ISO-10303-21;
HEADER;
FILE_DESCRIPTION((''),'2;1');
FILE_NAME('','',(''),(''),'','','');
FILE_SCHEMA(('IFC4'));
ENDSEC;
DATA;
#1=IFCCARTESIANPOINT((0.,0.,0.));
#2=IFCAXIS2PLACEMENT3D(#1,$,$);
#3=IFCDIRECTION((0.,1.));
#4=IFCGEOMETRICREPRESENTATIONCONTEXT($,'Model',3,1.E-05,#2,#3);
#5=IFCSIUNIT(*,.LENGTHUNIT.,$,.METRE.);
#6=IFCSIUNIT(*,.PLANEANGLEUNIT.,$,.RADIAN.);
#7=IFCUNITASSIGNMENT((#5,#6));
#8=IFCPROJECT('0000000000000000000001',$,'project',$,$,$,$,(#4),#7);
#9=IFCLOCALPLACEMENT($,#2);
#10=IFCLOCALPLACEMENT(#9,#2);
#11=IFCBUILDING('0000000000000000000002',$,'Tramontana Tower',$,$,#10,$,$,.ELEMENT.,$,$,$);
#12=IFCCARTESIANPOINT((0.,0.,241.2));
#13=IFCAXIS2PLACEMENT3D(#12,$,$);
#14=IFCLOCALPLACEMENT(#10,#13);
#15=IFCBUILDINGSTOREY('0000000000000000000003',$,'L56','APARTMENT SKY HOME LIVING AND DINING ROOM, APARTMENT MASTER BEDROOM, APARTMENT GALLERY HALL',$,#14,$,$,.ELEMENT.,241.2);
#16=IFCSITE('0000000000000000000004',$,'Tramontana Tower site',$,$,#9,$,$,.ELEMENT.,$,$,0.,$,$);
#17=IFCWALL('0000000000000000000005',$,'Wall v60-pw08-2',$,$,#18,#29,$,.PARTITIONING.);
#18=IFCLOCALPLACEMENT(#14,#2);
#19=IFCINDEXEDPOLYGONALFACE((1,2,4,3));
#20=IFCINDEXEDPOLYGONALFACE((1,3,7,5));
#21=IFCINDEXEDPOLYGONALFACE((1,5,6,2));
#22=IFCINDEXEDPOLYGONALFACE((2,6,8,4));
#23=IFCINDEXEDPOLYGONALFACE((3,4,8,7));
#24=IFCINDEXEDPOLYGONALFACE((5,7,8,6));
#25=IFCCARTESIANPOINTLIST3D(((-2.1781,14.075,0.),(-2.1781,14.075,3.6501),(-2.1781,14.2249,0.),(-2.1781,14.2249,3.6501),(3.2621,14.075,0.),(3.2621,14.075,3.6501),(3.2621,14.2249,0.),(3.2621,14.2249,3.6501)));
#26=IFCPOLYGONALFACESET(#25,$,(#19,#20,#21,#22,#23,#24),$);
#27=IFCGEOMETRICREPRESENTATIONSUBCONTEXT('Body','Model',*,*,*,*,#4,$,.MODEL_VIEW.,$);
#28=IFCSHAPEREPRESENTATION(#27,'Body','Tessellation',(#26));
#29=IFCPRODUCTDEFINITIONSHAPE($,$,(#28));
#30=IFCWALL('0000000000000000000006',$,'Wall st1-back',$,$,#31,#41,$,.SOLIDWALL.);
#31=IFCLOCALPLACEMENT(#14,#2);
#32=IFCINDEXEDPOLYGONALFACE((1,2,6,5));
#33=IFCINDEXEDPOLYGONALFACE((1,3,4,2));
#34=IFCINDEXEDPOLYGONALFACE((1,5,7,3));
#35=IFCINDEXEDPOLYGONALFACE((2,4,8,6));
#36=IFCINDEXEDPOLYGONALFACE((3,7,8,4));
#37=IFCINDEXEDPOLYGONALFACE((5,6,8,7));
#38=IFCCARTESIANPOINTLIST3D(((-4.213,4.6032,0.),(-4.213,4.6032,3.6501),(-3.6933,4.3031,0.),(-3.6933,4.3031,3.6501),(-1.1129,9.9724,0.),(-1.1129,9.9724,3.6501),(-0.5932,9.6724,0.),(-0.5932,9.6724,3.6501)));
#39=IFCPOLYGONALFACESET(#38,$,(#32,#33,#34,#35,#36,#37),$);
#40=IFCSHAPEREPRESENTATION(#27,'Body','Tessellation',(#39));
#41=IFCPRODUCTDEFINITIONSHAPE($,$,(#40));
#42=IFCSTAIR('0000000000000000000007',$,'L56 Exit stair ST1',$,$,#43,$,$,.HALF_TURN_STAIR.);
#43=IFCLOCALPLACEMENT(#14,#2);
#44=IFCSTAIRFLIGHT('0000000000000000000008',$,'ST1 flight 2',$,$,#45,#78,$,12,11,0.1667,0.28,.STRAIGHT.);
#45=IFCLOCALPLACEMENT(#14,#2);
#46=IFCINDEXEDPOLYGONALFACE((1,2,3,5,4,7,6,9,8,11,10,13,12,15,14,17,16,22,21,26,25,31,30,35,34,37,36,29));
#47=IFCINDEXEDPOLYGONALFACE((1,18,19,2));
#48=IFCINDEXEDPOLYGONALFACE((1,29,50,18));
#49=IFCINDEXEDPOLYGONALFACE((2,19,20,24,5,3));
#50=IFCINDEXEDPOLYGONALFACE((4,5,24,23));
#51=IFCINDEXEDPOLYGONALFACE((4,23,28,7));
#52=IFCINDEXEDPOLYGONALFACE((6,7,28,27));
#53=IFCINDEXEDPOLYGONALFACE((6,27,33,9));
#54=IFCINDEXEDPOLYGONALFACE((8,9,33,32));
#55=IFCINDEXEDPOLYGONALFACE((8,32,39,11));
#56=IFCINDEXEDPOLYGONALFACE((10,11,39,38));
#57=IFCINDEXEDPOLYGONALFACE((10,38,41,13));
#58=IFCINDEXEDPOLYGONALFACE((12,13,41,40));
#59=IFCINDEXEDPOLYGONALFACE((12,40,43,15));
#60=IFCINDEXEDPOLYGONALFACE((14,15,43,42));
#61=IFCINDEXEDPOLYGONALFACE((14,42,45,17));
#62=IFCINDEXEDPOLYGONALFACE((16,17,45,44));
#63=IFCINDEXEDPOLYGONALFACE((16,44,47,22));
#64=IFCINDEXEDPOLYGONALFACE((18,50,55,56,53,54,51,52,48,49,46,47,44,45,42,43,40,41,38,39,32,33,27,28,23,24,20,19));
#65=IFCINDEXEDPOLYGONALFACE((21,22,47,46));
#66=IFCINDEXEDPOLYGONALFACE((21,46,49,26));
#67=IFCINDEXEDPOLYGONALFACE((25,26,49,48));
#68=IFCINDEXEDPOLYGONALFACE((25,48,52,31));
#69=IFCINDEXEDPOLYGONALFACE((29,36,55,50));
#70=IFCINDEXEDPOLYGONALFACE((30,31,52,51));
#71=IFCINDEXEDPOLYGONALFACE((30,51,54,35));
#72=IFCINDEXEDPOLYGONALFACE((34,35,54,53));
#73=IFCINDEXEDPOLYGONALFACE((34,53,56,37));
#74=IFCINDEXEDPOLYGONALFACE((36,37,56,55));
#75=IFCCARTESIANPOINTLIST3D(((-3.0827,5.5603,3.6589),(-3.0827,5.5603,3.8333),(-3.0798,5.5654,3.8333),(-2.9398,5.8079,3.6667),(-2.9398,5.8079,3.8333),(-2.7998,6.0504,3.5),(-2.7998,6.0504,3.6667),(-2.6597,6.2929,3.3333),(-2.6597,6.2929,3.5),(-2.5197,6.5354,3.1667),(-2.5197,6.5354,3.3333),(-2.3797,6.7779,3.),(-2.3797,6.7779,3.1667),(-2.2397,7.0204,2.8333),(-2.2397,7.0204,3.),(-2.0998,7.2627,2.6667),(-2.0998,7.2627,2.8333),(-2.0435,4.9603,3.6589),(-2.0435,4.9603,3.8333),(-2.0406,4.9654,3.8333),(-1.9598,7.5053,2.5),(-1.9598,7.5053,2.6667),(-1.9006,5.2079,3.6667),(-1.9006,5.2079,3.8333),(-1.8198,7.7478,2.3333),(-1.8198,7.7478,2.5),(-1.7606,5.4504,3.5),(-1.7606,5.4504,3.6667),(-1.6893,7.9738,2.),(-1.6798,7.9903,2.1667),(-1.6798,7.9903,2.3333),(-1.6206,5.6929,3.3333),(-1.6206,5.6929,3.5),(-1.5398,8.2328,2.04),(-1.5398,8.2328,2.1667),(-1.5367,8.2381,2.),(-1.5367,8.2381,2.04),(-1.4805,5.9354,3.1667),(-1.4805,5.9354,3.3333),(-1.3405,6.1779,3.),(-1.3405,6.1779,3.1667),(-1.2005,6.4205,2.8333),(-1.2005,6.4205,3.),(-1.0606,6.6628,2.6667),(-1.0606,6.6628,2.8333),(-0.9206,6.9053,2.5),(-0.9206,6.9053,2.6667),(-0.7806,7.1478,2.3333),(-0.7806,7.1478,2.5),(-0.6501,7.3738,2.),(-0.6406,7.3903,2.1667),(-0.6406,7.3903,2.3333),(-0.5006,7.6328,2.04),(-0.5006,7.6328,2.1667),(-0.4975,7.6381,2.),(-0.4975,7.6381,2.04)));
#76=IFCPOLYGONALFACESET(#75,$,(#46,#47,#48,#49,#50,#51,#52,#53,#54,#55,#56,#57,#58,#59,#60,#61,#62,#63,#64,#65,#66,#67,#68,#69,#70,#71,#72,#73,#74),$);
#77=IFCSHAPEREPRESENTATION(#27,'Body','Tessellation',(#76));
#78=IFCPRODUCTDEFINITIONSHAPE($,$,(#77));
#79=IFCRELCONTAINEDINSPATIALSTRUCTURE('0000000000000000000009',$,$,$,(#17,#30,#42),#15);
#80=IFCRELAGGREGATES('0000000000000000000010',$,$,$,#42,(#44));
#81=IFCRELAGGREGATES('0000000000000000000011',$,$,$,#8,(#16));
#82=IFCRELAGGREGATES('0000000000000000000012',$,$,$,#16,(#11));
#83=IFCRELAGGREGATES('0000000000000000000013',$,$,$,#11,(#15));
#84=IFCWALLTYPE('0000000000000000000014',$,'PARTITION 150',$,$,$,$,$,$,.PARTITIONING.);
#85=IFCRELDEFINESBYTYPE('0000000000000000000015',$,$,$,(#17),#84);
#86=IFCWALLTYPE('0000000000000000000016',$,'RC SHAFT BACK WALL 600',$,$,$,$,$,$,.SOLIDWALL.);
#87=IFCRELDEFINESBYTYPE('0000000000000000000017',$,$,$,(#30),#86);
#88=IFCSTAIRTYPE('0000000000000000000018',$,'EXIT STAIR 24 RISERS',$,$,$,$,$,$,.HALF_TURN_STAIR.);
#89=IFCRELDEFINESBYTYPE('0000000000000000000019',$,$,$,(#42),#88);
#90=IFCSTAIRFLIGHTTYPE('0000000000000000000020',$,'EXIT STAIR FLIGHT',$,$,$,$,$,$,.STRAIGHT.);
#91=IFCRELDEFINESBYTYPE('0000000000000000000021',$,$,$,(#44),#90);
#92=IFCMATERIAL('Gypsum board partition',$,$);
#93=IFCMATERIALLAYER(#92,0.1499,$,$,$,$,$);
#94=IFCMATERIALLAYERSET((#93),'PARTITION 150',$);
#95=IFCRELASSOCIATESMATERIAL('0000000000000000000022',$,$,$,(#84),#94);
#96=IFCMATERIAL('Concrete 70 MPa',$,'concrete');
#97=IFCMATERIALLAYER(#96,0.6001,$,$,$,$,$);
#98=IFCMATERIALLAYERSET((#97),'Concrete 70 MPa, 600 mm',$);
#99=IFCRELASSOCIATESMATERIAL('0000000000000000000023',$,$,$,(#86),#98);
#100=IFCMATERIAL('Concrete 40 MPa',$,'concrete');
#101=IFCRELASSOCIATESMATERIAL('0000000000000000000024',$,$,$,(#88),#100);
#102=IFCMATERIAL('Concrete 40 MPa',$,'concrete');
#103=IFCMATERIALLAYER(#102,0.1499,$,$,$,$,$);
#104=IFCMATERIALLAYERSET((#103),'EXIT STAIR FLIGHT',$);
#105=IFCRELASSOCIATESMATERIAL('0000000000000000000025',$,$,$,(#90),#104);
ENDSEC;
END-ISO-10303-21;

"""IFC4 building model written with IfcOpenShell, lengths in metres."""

from ifc_helpers import new_model, si_unit, direction, frame, frame_2d, origin, place, context, subcontext, project, spatial, polyline, rectangle, outline, extrude, material, layer, layer_set, type_object, element, aggregate, save


model = new_model("IFC4")

# Units and contexts
model_context = context("Model", 3, precision=1e-05, world=origin(), true_north=direction((0.0, 1.0)))
body_context = subcontext(model_context, "Body", "Model", "MODEL_VIEW")
ifc_project = project(units=[si_unit("LENGTHUNIT", "METRE"), si_unit("PLANEANGLEUNIT", "RADIAN")], contexts=[model_context])

# Site, building, storey
site_placement = place(None, origin())
site = spatial("IfcSite", under=ifc_project, at=site_placement, Name="Tramontana Tower site", CompositionType="ELEMENT", RefElevation=0.0)
building_placement = place(site_placement, origin())
building = spatial("IfcBuilding", under=site, at=building_placement, Name="Tramontana Tower", CompositionType="ELEMENT")
storey_placement = place(building_placement, frame((0.0, 0.0, 241.2)))
storey = spatial("IfcBuildingStorey", under=building, at=storey_placement, Name="L56", Description="APARTMENT SKY HOME LIVING AND DINING ROOM, APARTMENT MASTER BEDROOM, APARTMENT GALLERY HALL", CompositionType="ELEMENT", Elevation=241.2)

# Shared definitions
ifc_material_1 = material(Name="Gypsum board partition")
ifc_layer_1 = layer(ifc_material_1, 0.1499)
ifc_layer_set_1 = layer_set([ifc_layer_1], Name="PARTITION 150")
wall_type_1 = type_object("IfcWallType", Name="PARTITION 150", PredefinedType="PARTITIONING", material=ifc_layer_set_1)

# Walls
wall_1_placement = place(storey_placement, frame((-2.1782, 14.1499, 0.0), z_axis=(0.0, 0.0, 1.0), x_axis=(1.0, 0.0, 0.0)))
element("IfcWall", 1, at=wall_1_placement, inside=storey, type_object=wall_type_1, Name="Wall v60-pw08-2", PredefinedType="PARTITIONING", context=body_context, shape_type="SweptSolid", body=[
    extrude(rectangle(XDim=5.4402, YDim=0.1499, at=frame_2d((2.7202, 0.0))), origin(), (0.0, 0.0, 1.0), 3.6501),
])
ifc_material_2 = material(Name="Concrete 70 MPa", Category="concrete")
ifc_layer_2 = layer(ifc_material_2, 0.6001)
ifc_layer_set_2 = layer_set([ifc_layer_2], Name="Concrete 70 MPa, 600 mm")
wall_type_2 = type_object("IfcWallType", Name="RC SHAFT BACK WALL 600", PredefinedType="SOLIDWALL", material=ifc_layer_set_2)
wall_2_placement = place(storey_placement, frame((-0.853, 9.8225, 0.0), z_axis=(0.0, 0.0, 1.0), x_axis=(-0.50001, -0.86602, 0.0)))
element("IfcWall", 2, at=wall_2_placement, inside=storey, type_object=wall_type_2, Name="Wall st1-back", PredefinedType="SOLIDWALL", context=body_context, shape_type="SweptSolid", body=[
    extrude(rectangle(XDim=6.2, YDim=0.6001, at=frame_2d((3.1001, 0.0))), origin(), (0.0, 0.0, 1.0), 3.6501),
])

# Stair, stair flight
ifc_material_3 = material(Name="Concrete 40 MPa", Category="concrete")
stair_type = type_object("IfcStairType", Name="EXIT STAIR 24 RISERS", PredefinedType="HALF_TURN_STAIR", material=ifc_material_3)
stair_placement = place(storey_placement, origin())
stair = element("IfcStair", 3, at=stair_placement, inside=storey, type_object=stair_type, Name="L56 Exit stair ST1", PredefinedType="HALF_TURN_STAIR")
ifc_material_4 = material(Name="Concrete 40 MPa", Category="concrete")
ifc_layer_3 = layer(ifc_material_4, 0.1499)
ifc_layer_set_3 = layer_set([ifc_layer_3], Name="EXIT STAIR FLIGHT")
stair_flight_type = type_object("IfcStairFlightType", Name="EXIT STAIR FLIGHT", PredefinedType="STRAIGHT", material=ifc_layer_set_3)
stair_flight_placement = place(storey_placement, frame((-1.0203, 7.9329, 2.0), z_axis=(0.0, 0.0, 1.0), x_axis=(-0.5, -0.866025, 0.0)))
stair_flight = element("IfcStairFlight", 4, at=stair_flight_placement, type_object=stair_flight_type, Name="ST1 flight 2", NumberOfRisers=12, NumberOfTreads=11, PredefinedType="STRAIGHT", RiserHeight=0.1667, TreadLength=0.28, context=body_context, shape_type="SweptSolid", body=[
    extrude(outline(polyline([(-0.0061, 0.0), (-0.0061, 0.04), (0.0, 0.04), (0.0, 0.1667), (0.28, 0.1667), (0.28, 0.3333), (0.5601, 0.3333), (0.5601, 0.5), (0.8401, 0.5), (0.8401, 0.6667), (1.1201, 0.6667), (1.1201, 0.8333), (1.3999, 0.8333), (1.3999, 1.0), (1.6799, 1.0), (1.6799, 1.1667), (1.96, 1.1667), (1.96, 1.3333), (2.24, 1.3333), (2.24, 1.5), (2.52, 1.5), (2.52, 1.6667), (2.8, 1.6667), (2.8, 1.8333), (3.0801, 1.8333), (3.0859, 1.8333), (3.0859, 1.6589), (0.2991, 0.0), (-0.0061, 0.0)])), frame((0.0, 0.6001, 0.0), z_axis=(0.0, -1.0, 0.0), x_axis=(1.0, 0.0, 0.0)), (0.0, 0.0, 1.0), 1.2),
])
aggregate(stair, [stair_flight])

save(model, "model.ifc")
